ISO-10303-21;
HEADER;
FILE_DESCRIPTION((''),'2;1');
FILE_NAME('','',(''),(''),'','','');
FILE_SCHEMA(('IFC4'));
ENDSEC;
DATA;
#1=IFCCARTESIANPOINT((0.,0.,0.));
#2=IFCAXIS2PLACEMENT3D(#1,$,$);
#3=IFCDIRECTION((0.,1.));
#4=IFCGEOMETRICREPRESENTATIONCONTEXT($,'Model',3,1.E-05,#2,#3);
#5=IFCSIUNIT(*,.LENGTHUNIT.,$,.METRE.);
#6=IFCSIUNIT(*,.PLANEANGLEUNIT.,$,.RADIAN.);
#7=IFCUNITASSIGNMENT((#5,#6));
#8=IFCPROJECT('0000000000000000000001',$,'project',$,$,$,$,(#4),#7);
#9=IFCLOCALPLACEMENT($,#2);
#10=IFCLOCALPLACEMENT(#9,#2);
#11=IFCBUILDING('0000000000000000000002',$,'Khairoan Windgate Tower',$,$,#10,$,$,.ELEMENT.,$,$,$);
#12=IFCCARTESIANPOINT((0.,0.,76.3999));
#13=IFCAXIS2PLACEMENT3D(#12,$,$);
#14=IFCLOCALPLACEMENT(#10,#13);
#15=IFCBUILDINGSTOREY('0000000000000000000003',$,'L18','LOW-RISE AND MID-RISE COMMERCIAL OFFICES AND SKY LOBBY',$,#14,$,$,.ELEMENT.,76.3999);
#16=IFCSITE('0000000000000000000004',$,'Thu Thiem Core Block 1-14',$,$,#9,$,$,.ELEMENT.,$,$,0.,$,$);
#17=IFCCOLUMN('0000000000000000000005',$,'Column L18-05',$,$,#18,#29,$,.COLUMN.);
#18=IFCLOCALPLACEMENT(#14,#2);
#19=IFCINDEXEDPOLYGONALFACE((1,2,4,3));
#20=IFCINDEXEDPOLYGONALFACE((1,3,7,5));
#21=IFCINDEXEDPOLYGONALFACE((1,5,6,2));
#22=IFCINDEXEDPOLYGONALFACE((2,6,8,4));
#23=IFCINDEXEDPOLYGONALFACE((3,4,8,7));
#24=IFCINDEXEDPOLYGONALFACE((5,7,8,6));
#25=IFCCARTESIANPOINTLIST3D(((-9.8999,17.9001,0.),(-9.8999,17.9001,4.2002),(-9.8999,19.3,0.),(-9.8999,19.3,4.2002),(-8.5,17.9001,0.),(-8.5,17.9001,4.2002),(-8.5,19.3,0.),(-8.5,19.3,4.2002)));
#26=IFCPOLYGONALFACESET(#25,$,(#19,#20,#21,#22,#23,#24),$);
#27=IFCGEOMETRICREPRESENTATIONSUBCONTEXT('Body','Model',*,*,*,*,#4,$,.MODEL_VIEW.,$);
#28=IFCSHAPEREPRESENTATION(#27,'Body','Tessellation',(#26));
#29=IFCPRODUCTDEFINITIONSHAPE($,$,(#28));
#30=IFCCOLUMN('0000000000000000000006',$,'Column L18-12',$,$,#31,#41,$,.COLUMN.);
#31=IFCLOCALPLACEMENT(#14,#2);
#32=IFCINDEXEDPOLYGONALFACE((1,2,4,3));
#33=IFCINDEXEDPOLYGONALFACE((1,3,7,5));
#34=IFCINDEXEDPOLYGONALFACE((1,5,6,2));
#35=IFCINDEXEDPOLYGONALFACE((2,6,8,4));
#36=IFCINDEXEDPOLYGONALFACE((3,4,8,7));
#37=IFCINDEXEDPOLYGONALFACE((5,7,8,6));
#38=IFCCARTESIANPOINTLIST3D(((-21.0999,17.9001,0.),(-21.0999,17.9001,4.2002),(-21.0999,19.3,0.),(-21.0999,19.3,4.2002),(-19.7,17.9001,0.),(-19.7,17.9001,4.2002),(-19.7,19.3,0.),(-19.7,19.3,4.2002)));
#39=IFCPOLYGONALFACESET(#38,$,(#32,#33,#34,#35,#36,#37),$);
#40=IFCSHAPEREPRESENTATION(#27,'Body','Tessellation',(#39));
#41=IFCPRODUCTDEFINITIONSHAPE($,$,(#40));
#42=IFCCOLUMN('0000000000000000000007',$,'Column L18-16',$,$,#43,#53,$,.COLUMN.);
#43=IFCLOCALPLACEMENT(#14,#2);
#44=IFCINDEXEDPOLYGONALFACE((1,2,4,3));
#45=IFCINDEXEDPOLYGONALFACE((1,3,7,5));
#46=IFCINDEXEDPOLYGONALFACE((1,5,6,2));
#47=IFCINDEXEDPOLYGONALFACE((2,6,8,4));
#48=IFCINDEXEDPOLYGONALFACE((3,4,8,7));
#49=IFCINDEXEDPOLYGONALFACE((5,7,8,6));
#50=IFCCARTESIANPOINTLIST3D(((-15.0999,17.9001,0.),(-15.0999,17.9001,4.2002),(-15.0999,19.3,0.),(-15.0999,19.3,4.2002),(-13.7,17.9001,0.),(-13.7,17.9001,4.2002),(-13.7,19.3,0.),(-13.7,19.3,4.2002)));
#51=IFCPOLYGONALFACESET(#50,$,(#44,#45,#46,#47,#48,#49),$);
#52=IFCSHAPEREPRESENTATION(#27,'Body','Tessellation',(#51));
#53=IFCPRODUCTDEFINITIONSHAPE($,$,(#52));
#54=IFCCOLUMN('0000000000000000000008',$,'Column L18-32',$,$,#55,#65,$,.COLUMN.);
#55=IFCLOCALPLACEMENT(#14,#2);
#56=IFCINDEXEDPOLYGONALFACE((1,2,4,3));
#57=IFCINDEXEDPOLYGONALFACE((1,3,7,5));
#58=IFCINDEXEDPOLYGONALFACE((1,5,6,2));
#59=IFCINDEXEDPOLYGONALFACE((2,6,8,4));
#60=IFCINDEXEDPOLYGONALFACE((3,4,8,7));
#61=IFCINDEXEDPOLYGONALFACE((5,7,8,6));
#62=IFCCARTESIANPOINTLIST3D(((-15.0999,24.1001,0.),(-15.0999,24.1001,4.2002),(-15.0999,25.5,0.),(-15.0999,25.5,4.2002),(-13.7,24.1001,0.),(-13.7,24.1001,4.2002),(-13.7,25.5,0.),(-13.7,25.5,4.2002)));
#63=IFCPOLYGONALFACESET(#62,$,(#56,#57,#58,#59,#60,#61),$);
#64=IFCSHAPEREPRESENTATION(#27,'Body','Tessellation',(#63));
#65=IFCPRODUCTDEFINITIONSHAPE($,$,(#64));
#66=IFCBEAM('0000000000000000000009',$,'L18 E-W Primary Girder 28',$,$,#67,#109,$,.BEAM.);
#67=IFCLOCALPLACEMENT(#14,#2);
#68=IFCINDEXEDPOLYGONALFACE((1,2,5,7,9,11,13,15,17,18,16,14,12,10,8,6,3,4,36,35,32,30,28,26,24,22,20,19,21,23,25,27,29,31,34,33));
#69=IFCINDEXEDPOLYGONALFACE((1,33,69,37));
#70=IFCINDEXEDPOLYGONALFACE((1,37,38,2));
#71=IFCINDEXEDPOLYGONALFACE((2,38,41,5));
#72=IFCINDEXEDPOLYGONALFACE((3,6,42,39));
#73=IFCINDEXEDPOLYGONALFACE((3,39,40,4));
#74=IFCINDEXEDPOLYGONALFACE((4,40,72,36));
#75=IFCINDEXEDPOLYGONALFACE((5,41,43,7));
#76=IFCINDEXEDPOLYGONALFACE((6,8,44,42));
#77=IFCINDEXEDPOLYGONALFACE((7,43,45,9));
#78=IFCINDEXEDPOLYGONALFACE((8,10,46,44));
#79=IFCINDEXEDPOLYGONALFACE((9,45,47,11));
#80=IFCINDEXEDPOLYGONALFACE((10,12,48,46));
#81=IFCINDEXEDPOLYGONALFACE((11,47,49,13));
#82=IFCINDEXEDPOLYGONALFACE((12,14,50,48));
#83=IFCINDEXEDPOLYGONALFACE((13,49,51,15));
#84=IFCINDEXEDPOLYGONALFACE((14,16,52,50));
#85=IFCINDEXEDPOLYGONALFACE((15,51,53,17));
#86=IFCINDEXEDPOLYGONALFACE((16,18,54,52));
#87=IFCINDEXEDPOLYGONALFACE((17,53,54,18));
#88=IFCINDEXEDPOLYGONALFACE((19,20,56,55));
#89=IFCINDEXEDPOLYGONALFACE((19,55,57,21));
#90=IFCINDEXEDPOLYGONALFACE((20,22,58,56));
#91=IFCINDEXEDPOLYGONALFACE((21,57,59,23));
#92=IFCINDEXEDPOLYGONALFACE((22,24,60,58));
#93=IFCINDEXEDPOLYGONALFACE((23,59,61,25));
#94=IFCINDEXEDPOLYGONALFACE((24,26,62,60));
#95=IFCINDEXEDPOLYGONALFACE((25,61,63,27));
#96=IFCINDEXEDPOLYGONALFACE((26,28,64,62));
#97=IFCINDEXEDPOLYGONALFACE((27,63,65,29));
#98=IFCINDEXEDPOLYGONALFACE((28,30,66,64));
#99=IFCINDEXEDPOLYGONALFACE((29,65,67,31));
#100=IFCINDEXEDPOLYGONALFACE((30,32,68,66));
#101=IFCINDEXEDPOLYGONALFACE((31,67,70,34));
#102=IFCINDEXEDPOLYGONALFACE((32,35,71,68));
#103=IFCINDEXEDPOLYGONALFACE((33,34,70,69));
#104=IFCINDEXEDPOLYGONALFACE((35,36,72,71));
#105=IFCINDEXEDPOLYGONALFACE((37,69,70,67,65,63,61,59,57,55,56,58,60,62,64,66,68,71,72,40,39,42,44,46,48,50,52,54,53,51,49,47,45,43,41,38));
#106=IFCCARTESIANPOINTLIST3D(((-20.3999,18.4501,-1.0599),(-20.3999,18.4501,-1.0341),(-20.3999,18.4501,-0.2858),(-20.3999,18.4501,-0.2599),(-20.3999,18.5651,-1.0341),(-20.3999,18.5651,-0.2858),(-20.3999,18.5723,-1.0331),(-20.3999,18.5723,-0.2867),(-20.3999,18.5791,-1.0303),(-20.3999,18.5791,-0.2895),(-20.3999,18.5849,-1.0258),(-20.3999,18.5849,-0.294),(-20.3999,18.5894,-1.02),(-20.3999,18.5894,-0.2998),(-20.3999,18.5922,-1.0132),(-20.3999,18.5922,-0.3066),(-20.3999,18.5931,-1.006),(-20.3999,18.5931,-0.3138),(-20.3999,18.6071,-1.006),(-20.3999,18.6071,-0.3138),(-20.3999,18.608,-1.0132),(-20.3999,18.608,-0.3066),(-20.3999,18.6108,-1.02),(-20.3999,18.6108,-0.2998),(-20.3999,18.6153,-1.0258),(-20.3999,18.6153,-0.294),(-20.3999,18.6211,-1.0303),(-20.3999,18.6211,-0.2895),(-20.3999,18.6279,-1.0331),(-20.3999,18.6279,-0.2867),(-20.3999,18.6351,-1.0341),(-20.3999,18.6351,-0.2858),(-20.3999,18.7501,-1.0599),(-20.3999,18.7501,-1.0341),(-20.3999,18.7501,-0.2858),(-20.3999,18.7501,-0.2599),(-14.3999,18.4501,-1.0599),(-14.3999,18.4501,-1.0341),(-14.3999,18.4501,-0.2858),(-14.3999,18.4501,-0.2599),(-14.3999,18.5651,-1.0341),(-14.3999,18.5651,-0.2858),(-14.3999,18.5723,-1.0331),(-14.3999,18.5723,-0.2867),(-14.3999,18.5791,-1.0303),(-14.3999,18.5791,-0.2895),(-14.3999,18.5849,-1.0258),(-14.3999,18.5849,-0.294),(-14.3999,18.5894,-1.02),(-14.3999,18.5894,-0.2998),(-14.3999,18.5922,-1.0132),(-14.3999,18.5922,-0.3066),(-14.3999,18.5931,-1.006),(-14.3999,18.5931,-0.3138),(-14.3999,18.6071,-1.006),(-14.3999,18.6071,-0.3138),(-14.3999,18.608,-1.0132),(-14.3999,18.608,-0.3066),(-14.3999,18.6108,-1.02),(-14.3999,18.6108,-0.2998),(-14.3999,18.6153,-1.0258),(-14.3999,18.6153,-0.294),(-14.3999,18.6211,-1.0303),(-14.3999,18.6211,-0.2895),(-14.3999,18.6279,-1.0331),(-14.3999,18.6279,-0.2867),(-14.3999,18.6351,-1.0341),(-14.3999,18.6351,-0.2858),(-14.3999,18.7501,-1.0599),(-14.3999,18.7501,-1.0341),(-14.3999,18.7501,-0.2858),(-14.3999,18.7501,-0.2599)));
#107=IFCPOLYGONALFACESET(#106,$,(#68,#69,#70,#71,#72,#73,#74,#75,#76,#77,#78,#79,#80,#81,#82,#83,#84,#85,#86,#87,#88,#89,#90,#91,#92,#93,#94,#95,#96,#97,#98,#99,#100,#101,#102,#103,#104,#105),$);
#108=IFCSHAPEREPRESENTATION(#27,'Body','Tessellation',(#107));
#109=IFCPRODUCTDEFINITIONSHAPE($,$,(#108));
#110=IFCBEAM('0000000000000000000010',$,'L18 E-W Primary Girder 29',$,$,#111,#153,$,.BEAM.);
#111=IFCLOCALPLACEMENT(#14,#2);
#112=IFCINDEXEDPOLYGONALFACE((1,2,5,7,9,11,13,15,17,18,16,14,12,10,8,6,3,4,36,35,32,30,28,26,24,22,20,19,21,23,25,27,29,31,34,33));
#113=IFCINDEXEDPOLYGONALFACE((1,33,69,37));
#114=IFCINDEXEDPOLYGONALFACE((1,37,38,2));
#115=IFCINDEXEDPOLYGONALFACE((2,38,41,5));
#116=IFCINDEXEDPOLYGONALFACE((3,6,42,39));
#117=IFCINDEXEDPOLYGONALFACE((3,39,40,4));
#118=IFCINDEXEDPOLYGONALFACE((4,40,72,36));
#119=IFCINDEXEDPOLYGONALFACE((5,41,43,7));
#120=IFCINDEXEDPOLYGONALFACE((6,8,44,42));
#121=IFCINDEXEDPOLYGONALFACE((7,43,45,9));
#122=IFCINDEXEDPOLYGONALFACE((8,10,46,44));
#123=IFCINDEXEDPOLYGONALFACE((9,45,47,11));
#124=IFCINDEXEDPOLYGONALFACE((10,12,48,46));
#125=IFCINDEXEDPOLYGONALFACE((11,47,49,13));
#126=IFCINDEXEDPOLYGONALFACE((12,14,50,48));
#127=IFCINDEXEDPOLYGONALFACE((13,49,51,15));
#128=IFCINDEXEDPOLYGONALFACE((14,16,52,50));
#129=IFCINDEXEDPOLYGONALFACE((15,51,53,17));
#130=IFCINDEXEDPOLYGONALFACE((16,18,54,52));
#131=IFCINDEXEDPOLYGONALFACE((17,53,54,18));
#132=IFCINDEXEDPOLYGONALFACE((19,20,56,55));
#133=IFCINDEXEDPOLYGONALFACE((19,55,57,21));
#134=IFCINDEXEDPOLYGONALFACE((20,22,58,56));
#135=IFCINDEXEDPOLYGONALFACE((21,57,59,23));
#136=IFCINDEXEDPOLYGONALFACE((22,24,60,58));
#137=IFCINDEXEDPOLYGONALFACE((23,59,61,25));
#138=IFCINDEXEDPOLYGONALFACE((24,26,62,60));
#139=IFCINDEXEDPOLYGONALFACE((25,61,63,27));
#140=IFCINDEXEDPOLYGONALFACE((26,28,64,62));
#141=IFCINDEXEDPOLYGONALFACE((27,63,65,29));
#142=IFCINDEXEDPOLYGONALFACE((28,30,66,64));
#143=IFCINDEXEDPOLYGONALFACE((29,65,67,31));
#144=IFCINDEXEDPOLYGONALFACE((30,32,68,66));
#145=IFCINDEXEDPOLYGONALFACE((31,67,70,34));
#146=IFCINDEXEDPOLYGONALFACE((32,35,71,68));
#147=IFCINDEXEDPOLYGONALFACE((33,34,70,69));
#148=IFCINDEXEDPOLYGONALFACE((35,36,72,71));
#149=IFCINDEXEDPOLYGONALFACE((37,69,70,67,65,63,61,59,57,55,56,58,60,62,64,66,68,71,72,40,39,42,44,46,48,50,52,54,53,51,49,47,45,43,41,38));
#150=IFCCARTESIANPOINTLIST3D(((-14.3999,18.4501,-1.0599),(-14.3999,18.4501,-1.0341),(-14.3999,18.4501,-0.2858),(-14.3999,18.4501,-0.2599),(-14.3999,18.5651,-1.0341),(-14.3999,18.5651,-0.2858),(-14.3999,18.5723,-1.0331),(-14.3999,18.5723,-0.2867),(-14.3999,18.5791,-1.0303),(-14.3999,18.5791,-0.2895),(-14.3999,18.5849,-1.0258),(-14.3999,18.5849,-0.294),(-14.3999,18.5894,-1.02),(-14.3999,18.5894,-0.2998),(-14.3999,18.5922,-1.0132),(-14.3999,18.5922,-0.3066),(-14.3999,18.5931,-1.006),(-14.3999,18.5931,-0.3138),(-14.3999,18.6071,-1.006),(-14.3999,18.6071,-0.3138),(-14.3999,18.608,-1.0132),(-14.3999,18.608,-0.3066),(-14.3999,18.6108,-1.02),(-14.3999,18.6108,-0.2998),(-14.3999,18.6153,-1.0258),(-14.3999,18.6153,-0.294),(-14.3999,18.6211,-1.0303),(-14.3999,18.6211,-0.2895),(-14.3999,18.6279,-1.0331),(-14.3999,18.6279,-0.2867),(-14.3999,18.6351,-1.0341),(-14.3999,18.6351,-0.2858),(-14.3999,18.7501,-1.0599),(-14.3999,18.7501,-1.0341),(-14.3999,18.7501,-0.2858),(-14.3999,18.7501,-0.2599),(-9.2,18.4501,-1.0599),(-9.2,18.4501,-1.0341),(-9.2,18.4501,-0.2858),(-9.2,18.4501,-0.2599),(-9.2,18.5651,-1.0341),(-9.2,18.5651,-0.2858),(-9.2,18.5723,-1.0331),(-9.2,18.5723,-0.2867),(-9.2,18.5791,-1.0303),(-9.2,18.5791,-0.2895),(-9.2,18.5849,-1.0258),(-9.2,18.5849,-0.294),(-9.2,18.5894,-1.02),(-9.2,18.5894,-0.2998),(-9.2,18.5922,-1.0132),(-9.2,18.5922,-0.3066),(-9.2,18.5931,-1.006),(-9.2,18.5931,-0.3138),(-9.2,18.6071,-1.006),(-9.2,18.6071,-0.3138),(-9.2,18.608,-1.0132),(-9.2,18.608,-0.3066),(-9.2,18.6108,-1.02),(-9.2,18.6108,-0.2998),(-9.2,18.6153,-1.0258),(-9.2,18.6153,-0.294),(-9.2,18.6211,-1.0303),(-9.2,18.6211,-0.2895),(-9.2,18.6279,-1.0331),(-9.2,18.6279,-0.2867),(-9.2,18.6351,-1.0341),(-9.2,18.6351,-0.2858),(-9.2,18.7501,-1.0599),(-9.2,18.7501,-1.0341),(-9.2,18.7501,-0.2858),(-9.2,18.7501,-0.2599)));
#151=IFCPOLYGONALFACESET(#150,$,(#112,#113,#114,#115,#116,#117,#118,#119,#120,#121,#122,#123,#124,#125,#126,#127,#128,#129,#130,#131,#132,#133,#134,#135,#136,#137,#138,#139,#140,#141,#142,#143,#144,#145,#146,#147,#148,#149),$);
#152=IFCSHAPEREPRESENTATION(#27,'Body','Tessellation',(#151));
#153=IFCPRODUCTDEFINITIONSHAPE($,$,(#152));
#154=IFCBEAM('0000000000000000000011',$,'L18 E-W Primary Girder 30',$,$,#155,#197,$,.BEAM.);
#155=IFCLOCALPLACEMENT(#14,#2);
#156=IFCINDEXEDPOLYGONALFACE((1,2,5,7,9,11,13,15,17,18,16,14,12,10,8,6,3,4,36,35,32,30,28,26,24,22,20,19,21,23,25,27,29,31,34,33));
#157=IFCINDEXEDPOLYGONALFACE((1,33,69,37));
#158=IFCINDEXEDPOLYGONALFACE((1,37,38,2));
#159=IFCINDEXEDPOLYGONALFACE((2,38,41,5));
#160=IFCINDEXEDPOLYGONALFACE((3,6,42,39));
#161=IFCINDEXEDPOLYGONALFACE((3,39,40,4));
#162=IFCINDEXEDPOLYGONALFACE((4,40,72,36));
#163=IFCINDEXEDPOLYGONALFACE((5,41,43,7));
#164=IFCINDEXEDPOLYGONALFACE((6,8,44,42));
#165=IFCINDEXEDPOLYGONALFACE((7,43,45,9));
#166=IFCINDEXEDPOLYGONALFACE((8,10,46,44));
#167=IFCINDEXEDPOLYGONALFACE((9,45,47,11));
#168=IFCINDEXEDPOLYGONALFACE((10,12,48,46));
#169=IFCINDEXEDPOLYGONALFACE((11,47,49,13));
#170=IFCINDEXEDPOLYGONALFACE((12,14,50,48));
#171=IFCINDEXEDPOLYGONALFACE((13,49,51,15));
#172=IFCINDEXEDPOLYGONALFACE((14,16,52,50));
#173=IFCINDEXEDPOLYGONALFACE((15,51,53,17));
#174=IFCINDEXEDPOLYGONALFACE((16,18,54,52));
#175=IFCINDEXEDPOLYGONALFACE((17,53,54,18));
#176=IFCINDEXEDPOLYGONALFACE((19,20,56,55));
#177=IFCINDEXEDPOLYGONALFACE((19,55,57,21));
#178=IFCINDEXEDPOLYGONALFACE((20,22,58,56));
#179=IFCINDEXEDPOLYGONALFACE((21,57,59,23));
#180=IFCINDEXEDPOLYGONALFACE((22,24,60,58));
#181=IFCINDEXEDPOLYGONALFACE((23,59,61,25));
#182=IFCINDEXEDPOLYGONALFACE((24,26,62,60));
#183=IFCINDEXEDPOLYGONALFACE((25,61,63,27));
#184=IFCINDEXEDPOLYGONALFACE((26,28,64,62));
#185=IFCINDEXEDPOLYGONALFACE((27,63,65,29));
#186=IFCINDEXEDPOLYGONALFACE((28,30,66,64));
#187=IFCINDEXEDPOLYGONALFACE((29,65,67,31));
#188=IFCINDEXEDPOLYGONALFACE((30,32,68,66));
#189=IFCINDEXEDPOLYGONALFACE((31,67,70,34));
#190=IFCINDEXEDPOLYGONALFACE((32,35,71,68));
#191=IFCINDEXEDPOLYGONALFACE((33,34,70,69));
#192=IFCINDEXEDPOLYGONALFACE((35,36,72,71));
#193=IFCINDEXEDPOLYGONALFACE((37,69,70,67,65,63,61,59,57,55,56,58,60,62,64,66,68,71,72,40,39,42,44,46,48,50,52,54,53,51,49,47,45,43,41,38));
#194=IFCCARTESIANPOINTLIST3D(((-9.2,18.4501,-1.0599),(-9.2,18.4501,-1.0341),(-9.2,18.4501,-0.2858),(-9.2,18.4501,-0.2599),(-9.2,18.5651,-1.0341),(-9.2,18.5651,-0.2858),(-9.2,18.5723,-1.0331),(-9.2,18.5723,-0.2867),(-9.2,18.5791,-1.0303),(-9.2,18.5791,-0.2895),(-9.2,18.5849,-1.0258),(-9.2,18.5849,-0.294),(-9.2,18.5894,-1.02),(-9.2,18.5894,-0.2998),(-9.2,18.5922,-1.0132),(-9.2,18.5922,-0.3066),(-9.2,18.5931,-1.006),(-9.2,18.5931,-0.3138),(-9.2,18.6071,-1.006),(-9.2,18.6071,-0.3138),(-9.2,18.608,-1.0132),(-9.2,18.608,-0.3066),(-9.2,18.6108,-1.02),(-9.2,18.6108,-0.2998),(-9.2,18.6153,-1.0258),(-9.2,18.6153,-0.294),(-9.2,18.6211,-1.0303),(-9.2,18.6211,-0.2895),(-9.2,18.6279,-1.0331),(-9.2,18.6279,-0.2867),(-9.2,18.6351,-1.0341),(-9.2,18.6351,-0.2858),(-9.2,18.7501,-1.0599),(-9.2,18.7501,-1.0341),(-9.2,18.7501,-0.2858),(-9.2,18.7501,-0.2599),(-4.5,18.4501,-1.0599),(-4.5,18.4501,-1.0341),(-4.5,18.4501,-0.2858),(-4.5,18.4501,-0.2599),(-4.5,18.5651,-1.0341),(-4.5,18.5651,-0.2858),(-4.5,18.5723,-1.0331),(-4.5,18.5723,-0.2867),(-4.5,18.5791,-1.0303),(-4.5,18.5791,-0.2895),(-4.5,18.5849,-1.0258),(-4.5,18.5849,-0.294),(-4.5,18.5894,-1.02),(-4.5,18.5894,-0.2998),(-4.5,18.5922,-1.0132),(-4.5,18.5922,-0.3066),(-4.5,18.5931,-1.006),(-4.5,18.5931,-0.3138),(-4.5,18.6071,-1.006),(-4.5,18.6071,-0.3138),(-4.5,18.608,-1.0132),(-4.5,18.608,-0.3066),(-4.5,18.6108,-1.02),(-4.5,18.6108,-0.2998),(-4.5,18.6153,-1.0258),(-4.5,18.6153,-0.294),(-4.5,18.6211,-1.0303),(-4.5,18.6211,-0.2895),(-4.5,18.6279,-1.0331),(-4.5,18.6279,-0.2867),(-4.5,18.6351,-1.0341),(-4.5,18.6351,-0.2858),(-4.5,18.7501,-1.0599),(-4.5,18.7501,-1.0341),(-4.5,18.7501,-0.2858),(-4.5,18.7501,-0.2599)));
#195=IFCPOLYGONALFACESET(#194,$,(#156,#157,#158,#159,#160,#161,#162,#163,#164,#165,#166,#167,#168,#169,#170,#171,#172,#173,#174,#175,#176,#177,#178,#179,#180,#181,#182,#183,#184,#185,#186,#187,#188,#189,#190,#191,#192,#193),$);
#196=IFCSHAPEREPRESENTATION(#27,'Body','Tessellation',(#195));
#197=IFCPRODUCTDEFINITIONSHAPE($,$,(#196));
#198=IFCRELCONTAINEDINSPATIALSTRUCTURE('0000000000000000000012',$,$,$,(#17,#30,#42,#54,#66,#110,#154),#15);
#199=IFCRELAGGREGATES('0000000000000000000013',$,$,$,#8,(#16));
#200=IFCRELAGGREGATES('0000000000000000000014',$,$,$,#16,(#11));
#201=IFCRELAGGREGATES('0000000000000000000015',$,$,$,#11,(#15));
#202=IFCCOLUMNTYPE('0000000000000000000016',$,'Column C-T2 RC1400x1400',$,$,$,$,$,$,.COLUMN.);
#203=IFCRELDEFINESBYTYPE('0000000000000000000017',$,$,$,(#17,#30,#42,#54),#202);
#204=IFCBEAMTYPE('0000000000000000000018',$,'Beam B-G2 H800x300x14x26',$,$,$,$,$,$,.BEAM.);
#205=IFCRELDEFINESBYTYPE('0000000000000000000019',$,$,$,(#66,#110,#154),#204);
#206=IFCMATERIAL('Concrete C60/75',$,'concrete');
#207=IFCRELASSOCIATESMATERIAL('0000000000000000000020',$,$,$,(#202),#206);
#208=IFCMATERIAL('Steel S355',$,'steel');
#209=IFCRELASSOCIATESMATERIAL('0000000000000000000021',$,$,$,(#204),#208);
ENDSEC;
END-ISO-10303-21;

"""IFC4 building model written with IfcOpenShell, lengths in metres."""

from ifc_helpers import new_model, si_unit, direction, frame, origin, origin_2d, place, context, subcontext, project, spatial, rectangle, i_section, extrude, material, material_profile, profile_set, type_object, element, save


model = new_model("IFC4")

# Units and contexts
model_context = context("Model", 3, precision=1e-05, world=origin(), true_north=direction((0.0, 1.0)))
body_context = subcontext(model_context, "Body", "Model", "MODEL_VIEW")
ifc_project = project(units=[si_unit("LENGTHUNIT", "METRE"), si_unit("PLANEANGLEUNIT", "RADIAN")], contexts=[model_context])

# Site, building, storey
site_placement = place(None, origin())
site = spatial("IfcSite", under=ifc_project, at=site_placement, Name="Thu Thiem Core Block 1-14", CompositionType="ELEMENT", RefElevation=0.0)
building_placement = place(site_placement, origin())
building = spatial("IfcBuilding", under=site, at=building_placement, Name="Khairoan Windgate Tower", CompositionType="ELEMENT")
storey_placement = place(building_placement, frame((0.0, 0.0, 76.3999)))
storey = spatial("IfcBuildingStorey", under=building, at=storey_placement, Name="L18", Description="LOW-RISE AND MID-RISE COMMERCIAL OFFICES AND SKY LOBBY", CompositionType="ELEMENT", Elevation=76.3999)

# Columns
ifc_material_1 = material(Name="Concrete C60/75", Category="concrete")
ifc_material_profile_1 = material_profile(ifc_material_1, rectangle(XDim=1.3999, YDim=1.3999, at=origin_2d()))
ifc_profile_set_1 = profile_set([ifc_material_profile_1], Name="Concrete C60/75")
column_type = type_object("IfcColumnType", Name="Column C-T2 RC1400x1400", PredefinedType="COLUMN", material=ifc_profile_set_1)
for number, where, z_axis, x_axis, name in (
    (1, (-9.2, 18.6001, 0.0), (0.0, 0.0, 1.0), (1.0, 0.0, 0.0), "Column L18-05"),
    (2, (-20.3999, 18.6001, 0.0), (0.0, 0.0, 1.0), (1.0, 0.0, 0.0), "Column L18-12"),
    (3, (-14.3999, 18.6001, 0.0), (0.0, 0.0, 1.0), (1.0, 0.0, 0.0), "Column L18-16"),
    (4, (-14.3999, 24.8, 0.0), (0.0, 0.0, 1.0), (1.0, 0.0, 0.0), "Column L18-32"),
):
    element("IfcColumn", number, at=place(storey_placement, frame(where, z_axis=z_axis, x_axis=x_axis)), inside=storey, type_object=column_type, Name=name, PredefinedType="COLUMN", context=body_context, shape_type="SweptSolid", body=[
        extrude(rectangle(XDim=1.3999, YDim=1.3999, at=origin_2d()), origin(), (0.0, 0.0, 1.0), 4.2002),
    ])

# Beams
ifc_material_2 = material(Name="Steel S355", Category="steel")
ifc_material_profile_2 = material_profile(ifc_material_2, i_section(OverallWidth=0.3, OverallDepth=0.8, WebThickness=0.0139, FlangeThickness=0.0259, FilletRadius=0.0281, at=origin_2d()))
ifc_profile_set_2 = profile_set([ifc_material_profile_2], Name="Steel S355")
beam_type = type_object("IfcBeamType", Name="Beam B-G2 H800x300x14x26", PredefinedType="BEAM", material=ifc_profile_set_2)
beam_1_placement = place(storey_placement, frame((-20.3999, 18.6001, -0.6599), z_axis=(1.0, 0.0, 0.0), x_axis=(0.0, 1.0, 0.0)))
element("IfcBeam", 5, at=beam_1_placement, inside=storey, type_object=beam_type, Name="L18 E-W Primary Girder 28", PredefinedType="BEAM", context=body_context, shape_type="SweptSolid", body=[
    extrude(i_section(OverallWidth=0.3, OverallDepth=0.8, WebThickness=0.0139, FlangeThickness=0.0259, FilletRadius=0.0281, at=origin_2d()), origin(), (0.0, 0.0, 1.0), 6.0),
])
beam_2_placement = place(storey_placement, frame((-14.3999, 18.6001, -0.6599), z_axis=(1.0, 0.0, 0.0), x_axis=(0.0, 1.0, 0.0)))
element("IfcBeam", 6, at=beam_2_placement, inside=storey, type_object=beam_type, Name="L18 E-W Primary Girder 29", PredefinedType="BEAM", context=body_context, shape_type="SweptSolid", body=[
    extrude(i_section(OverallWidth=0.3, OverallDepth=0.8, WebThickness=0.0139, FlangeThickness=0.0259, FilletRadius=0.0281, at=origin_2d()), origin(), (0.0, 0.0, 1.0), 5.2),
])
beam_3_placement = place(storey_placement, frame((-9.2, 18.6001, -0.6599), z_axis=(1.0, 0.0, 0.0), x_axis=(0.0, 1.0, 0.0)))
element("IfcBeam", 7, at=beam_3_placement, inside=storey, type_object=beam_type, Name="L18 E-W Primary Girder 30", PredefinedType="BEAM", context=body_context, shape_type="SweptSolid", body=[
    extrude(i_section(OverallWidth=0.3, OverallDepth=0.8, WebThickness=0.0139, FlangeThickness=0.0259, FilletRadius=0.0281, at=origin_2d()), origin(), (0.0, 0.0, 1.0), 4.7),
])

save(model, "model.ifc")
